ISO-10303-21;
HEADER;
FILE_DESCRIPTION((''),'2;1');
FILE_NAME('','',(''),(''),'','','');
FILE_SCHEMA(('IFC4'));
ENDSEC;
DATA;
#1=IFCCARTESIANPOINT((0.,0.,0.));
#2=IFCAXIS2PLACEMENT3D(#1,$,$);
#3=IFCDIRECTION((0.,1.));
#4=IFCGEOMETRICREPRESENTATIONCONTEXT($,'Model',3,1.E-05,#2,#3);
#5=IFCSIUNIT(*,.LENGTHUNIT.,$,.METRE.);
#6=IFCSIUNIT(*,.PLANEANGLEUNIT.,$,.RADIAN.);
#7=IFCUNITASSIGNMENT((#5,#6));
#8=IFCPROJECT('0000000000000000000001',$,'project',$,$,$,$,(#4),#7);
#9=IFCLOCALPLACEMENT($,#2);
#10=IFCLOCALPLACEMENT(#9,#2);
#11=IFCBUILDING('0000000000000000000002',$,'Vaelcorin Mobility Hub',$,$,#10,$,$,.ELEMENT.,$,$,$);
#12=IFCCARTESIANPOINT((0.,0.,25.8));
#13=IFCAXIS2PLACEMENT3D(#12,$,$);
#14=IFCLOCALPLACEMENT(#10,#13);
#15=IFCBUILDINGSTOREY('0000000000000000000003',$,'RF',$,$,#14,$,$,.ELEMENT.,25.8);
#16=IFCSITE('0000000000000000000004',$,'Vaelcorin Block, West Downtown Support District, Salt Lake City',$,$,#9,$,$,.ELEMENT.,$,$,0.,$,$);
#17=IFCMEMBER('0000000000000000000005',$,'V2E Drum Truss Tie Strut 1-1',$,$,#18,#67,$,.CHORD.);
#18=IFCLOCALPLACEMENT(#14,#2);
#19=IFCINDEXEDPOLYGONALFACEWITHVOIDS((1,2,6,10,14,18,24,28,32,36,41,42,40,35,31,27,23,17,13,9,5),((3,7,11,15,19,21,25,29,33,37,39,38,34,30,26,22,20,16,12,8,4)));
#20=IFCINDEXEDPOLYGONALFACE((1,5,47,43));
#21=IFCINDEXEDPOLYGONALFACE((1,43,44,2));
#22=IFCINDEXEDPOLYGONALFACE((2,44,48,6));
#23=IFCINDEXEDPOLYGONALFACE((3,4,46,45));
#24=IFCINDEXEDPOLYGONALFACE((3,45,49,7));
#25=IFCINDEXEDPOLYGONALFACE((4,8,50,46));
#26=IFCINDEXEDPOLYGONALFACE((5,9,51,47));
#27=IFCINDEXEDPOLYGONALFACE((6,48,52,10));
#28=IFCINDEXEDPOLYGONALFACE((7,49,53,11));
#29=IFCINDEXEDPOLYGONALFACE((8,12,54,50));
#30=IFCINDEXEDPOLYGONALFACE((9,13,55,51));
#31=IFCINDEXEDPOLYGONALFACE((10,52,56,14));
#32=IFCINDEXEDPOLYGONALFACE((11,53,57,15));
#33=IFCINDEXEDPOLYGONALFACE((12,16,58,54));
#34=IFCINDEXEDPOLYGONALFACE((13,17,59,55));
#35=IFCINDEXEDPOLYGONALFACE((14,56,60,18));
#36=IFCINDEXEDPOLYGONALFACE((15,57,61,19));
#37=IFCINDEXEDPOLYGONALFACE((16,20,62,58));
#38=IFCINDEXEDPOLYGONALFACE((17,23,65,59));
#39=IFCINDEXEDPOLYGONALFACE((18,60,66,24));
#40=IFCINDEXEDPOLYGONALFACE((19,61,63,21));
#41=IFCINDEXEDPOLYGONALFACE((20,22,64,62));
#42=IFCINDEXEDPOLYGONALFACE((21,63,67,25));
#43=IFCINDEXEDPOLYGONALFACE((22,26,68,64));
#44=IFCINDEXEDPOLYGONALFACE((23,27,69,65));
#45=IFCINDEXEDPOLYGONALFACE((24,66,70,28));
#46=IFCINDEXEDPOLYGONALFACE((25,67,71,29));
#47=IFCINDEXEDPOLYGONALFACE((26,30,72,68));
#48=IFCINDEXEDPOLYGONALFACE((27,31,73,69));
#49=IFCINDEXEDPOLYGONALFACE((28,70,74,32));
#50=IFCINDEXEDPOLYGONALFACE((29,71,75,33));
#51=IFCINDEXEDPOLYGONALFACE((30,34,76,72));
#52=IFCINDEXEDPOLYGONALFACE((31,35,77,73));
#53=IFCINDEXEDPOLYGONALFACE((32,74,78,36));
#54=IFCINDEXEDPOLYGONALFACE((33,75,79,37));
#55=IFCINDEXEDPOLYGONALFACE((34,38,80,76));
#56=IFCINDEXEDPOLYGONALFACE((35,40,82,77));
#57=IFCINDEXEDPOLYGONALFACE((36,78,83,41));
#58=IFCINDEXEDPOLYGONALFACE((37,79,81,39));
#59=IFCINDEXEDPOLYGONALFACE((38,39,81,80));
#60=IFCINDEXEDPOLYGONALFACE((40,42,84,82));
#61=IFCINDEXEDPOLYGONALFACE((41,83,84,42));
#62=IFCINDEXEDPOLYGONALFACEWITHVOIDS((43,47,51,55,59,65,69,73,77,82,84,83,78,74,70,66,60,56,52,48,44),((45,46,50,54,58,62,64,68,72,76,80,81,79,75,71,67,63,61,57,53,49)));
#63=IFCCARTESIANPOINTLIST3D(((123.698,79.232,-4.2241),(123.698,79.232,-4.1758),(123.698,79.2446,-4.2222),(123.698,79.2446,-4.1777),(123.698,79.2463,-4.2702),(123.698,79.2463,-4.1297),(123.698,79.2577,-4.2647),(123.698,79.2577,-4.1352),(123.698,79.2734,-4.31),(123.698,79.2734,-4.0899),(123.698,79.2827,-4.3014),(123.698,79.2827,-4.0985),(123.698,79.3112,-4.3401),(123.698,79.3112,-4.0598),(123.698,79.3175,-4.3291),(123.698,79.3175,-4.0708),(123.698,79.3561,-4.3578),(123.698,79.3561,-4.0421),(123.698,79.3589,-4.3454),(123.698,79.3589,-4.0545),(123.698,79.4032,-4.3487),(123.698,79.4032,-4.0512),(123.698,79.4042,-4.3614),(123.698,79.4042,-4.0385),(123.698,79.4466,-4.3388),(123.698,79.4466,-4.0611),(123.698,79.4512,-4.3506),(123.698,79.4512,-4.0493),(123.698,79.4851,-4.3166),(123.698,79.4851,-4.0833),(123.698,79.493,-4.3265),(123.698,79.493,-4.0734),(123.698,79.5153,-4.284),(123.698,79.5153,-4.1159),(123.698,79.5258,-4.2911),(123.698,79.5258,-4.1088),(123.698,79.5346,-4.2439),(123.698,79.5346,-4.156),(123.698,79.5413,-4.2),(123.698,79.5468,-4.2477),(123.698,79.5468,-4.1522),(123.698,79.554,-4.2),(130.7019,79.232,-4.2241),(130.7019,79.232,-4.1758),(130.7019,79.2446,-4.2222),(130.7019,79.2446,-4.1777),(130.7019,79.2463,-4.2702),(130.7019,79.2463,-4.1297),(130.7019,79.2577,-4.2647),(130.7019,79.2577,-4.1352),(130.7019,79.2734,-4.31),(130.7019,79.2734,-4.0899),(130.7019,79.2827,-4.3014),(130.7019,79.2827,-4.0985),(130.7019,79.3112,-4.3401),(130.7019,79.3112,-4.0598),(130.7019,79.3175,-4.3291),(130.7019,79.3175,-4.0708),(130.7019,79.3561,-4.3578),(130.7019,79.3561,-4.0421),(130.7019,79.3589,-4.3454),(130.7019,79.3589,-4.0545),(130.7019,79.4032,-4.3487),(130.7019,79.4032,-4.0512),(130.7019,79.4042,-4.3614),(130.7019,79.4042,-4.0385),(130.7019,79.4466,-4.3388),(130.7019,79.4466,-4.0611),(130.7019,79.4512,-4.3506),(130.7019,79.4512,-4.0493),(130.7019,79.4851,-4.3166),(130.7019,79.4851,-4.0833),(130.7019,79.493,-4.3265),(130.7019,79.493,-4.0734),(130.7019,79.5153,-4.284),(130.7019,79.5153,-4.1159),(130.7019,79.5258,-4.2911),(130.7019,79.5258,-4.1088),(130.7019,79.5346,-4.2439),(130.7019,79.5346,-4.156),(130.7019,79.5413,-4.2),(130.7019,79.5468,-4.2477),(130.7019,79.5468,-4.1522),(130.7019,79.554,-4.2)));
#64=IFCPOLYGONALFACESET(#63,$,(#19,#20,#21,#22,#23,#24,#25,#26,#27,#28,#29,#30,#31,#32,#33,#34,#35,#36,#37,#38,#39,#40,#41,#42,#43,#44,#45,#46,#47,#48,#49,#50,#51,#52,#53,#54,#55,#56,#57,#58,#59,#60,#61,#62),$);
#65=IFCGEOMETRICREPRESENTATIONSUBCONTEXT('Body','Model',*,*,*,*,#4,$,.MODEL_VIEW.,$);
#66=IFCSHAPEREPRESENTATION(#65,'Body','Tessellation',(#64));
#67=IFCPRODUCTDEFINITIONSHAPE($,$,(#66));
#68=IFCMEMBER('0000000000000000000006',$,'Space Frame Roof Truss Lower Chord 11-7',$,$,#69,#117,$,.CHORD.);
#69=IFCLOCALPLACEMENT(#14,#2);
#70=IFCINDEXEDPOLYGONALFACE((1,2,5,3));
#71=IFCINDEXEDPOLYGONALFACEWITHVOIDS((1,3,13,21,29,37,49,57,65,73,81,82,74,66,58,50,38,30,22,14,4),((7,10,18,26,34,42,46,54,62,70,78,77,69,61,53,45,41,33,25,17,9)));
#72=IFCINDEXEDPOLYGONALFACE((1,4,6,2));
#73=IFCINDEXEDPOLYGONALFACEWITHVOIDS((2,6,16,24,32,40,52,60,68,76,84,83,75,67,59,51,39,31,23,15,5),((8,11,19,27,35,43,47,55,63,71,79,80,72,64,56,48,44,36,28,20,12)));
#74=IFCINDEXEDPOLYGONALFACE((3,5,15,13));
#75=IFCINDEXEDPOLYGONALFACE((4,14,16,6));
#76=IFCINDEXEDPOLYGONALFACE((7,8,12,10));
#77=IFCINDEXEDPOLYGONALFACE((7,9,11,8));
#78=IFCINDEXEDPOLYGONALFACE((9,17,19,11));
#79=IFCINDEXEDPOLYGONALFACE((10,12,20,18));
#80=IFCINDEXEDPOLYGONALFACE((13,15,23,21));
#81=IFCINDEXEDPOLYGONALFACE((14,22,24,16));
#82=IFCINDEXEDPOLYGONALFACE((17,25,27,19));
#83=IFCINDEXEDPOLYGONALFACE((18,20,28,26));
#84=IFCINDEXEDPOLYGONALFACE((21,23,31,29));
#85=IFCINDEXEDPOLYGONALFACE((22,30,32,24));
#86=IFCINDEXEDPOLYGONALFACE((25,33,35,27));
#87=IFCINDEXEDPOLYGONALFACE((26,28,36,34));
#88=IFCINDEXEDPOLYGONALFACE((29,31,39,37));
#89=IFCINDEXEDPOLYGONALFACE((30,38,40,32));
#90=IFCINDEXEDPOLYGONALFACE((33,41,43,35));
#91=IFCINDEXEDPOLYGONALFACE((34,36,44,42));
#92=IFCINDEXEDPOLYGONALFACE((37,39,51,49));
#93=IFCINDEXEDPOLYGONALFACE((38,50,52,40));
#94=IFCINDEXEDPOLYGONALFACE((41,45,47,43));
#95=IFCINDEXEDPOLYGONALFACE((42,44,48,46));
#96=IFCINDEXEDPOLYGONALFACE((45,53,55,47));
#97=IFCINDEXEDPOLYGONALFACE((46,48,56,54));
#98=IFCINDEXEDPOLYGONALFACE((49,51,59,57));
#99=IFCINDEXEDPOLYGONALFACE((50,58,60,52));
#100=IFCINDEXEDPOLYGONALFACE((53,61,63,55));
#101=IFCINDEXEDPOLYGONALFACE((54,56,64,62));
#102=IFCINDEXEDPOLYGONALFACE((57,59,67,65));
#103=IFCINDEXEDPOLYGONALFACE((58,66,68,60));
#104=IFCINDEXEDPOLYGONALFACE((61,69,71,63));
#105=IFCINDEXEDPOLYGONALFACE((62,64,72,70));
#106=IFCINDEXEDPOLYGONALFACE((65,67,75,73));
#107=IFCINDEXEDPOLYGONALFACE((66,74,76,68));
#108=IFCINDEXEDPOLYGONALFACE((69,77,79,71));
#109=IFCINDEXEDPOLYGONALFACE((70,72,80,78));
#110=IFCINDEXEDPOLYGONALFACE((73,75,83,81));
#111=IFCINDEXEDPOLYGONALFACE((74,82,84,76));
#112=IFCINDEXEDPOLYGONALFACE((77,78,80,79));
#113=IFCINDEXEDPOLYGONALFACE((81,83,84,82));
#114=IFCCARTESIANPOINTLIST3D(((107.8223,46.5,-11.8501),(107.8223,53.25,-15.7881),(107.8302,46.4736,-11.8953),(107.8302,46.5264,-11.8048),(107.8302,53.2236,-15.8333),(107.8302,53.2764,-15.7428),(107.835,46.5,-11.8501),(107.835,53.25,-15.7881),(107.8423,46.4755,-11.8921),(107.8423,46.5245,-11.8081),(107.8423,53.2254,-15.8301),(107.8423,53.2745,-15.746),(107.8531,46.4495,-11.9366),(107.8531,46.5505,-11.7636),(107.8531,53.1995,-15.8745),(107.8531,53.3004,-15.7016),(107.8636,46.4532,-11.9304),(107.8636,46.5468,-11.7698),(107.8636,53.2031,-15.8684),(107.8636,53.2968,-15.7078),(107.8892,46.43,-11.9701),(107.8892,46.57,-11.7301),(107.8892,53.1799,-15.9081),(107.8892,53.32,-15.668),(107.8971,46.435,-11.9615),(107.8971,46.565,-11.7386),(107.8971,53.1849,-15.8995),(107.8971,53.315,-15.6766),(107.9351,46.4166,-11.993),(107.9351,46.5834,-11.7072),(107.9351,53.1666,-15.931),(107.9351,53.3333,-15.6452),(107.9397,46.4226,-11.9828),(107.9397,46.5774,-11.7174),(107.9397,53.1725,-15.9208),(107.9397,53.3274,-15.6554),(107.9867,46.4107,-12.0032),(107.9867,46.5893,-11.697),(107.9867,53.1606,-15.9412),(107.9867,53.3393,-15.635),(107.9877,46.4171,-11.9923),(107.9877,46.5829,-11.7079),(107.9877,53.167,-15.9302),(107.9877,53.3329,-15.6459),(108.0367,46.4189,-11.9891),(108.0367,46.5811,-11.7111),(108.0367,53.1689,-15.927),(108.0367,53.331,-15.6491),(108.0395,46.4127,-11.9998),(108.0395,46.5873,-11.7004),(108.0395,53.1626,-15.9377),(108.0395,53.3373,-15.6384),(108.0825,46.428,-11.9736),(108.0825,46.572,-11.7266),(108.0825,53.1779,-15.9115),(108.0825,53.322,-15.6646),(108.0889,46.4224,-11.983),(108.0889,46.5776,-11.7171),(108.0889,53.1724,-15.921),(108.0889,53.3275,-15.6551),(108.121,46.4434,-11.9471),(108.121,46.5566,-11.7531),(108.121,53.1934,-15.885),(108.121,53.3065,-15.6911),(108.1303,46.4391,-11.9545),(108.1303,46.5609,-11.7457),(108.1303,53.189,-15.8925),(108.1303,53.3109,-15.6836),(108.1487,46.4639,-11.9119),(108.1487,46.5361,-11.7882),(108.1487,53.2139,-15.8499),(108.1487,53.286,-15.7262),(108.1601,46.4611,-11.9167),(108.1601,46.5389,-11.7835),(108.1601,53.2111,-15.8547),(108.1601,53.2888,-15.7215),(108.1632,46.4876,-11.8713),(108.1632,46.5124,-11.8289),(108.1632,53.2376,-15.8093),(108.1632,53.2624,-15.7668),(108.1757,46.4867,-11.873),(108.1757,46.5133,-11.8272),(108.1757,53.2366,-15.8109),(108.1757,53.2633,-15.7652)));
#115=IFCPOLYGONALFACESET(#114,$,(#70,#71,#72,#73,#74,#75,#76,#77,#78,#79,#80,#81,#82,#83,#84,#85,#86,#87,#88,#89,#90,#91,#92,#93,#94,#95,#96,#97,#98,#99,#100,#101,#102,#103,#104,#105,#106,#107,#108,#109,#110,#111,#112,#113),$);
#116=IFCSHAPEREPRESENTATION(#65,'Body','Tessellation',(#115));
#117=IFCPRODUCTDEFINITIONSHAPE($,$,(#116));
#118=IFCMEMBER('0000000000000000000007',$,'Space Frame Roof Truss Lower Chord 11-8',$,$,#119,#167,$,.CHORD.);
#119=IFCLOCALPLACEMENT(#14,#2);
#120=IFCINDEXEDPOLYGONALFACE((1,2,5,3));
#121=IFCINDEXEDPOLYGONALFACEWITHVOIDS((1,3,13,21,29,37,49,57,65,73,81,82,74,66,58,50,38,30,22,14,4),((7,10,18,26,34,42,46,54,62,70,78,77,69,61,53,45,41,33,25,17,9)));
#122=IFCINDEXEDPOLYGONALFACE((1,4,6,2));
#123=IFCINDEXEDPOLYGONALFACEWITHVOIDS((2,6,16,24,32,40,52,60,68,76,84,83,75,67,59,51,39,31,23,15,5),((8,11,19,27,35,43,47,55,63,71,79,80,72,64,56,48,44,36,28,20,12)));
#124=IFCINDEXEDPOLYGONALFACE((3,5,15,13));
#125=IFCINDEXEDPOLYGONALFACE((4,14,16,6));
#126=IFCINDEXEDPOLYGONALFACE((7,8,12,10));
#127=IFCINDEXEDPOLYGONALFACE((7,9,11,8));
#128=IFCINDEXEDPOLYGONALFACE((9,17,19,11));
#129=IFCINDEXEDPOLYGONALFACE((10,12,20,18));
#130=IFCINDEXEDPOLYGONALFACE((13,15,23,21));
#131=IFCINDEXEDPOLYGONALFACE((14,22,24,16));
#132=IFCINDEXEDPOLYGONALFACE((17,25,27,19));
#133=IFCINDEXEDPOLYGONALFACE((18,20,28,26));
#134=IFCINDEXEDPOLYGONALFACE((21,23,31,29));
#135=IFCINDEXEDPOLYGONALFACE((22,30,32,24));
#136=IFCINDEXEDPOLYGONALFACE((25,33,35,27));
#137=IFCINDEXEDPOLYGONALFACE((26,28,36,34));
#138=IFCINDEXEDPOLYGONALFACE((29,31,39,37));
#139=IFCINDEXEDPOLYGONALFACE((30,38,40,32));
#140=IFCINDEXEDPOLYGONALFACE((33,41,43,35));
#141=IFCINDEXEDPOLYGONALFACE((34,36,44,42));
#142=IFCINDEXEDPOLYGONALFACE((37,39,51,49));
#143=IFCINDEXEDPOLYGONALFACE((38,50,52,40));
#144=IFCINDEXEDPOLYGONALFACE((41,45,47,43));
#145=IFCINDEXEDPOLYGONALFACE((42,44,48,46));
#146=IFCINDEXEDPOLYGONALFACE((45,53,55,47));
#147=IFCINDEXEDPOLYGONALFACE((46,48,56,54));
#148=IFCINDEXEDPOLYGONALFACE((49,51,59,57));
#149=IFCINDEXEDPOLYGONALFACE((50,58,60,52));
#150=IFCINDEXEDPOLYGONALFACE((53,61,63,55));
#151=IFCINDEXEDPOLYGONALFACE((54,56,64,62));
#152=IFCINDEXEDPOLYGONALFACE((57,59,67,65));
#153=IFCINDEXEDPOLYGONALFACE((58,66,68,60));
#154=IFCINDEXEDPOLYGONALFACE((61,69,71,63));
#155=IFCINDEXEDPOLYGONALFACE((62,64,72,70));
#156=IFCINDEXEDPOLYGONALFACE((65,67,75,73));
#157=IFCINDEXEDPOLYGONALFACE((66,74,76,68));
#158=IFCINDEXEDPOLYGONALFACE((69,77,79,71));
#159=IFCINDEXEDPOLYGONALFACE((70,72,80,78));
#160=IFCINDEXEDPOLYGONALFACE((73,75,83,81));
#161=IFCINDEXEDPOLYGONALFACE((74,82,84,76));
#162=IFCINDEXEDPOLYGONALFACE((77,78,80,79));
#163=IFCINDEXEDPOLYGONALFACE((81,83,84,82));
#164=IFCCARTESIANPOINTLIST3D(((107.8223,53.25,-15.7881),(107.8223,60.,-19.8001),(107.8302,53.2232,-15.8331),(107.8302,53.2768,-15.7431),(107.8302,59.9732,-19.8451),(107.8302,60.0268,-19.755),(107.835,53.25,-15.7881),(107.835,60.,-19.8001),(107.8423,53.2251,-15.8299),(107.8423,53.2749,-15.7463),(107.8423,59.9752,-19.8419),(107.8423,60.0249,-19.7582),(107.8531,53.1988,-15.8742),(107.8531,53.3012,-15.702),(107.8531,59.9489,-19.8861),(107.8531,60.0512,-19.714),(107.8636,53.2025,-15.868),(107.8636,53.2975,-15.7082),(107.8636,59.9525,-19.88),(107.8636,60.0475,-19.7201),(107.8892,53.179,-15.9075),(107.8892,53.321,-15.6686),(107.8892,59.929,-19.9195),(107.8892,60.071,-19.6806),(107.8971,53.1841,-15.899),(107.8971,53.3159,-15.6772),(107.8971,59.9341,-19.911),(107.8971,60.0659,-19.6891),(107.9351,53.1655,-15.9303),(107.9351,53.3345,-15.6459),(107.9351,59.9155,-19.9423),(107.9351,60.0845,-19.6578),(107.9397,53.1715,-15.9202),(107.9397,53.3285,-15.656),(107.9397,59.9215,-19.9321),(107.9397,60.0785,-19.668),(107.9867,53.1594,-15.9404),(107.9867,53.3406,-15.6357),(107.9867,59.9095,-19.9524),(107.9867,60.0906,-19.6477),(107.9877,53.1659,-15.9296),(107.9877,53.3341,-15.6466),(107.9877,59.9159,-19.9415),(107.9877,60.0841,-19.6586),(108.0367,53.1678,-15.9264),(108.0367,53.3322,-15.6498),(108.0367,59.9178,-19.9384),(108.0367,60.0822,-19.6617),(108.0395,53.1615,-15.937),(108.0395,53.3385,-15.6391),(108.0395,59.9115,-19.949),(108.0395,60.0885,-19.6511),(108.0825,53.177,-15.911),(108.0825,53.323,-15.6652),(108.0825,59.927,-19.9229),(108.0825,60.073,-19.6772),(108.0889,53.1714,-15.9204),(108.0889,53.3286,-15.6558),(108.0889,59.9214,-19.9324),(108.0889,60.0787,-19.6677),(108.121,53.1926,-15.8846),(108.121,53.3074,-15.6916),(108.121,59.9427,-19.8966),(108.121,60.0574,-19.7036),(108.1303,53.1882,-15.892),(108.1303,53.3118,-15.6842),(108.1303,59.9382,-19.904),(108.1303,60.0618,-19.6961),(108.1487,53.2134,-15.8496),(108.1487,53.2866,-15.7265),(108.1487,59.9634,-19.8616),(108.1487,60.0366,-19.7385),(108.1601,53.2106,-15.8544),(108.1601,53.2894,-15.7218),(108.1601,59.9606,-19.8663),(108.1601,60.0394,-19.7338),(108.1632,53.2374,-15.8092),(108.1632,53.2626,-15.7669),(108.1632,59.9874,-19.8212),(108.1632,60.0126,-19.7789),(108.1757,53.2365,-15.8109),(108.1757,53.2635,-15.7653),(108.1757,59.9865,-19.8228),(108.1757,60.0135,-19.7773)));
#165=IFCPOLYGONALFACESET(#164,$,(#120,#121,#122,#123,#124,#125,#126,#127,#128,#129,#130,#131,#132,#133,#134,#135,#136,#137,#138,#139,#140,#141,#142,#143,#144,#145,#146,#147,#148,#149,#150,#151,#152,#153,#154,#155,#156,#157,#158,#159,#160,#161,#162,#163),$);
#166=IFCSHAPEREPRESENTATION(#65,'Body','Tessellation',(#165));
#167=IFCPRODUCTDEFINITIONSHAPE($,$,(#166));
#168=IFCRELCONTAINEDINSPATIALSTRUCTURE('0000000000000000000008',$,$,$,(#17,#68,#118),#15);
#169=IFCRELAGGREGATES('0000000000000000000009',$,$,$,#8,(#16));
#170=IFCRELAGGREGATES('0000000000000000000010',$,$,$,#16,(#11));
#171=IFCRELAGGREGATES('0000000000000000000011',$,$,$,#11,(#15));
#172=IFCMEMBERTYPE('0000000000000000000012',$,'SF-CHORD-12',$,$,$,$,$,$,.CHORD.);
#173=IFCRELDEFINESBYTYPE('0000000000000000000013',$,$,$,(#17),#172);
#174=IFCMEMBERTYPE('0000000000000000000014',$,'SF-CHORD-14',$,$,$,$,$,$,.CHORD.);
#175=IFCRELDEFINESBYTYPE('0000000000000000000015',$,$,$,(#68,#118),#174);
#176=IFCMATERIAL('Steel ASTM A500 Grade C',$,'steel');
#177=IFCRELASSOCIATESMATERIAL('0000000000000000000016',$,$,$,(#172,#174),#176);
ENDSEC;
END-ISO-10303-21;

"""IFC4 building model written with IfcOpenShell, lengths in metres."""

from ifc_helpers import new_model, si_unit, direction, frame, origin, origin_2d, place, context, subcontext, project, spatial, hollow_circle, extrude, material, material_profile, profile_set, type_object, element, save


model = new_model("IFC4")

# Units and contexts
model_context = context("Model", 3, precision=1e-05, world=origin(), true_north=direction((0.0, 1.0)))
body_context = subcontext(model_context, "Body", "Model", "MODEL_VIEW")
ifc_project = project(units=[si_unit("LENGTHUNIT", "METRE"), si_unit("PLANEANGLEUNIT", "RADIAN")], contexts=[model_context])

# Site, building, storey
site_placement = place(None, origin())
site = spatial("IfcSite", under=ifc_project, at=site_placement, Name="Vaelcorin Block, West Downtown Support District, Salt Lake City", CompositionType="ELEMENT", RefElevation=0.0)
building_placement = place(site_placement, origin())
building = spatial("IfcBuilding", under=site, at=building_placement, Name="Vaelcorin Mobility Hub", CompositionType="ELEMENT")
storey_placement = place(building_placement, frame((0.0, 0.0, 25.8)))
storey = spatial("IfcBuildingStorey", under=building, at=storey_placement, Name="RF", CompositionType="ELEMENT", Elevation=25.8)

# Members
ifc_material_1 = material(Name="Steel ASTM A500 Grade C", Category="steel")
ifc_material_profile_1 = material_profile(ifc_material_1, hollow_circle(Radius=0.1619, WallThickness=0.0127, at=origin_2d()), Name="HSS12.750X0.500")
ifc_profile_set_1 = profile_set([ifc_material_profile_1], Name="Steel ASTM A500 Grade C")
member_type_1 = type_object("IfcMemberType", Name="SF-CHORD-12", PredefinedType="CHORD", material=ifc_profile_set_1)
member_1_placement = place(storey_placement, frame((123.698, 79.3921, -4.2), z_axis=(1.0, 0.0, 0.0), x_axis=(0.0, 1.0, 0.0)))
element("IfcMember", 1, at=member_1_placement, inside=storey, type_object=member_type_1, Name="V2E Drum Truss Tie Strut 1-1", PredefinedType="CHORD", context=body_context, shape_type="SweptSolid", body=[
    extrude(hollow_circle(Radius=0.1619, WallThickness=0.0127, at=origin_2d()), origin(), (0.0, 0.0, 1.0), 7.0039),
])
ifc_material_profile_2 = material_profile(ifc_material_1, hollow_circle(Radius=0.1777, WallThickness=0.0127, at=origin_2d()), Name="HSS14.000X0.500")
ifc_profile_set_2 = profile_set([ifc_material_profile_2], Name="Steel ASTM A500 Grade C")
member_type_2 = type_object("IfcMemberType", Name="SF-CHORD-14", PredefinedType="CHORD", material=ifc_profile_set_2)
member_2_placement = place(storey_placement, frame((108.0, 46.5, -11.8501), z_axis=(0.0, 0.863752, -0.503918), x_axis=(-1.0, 0.0, 0.0)))
element("IfcMember", 2, at=member_2_placement, inside=storey, type_object=member_type_2, Name="Space Frame Roof Truss Lower Chord 11-7", PredefinedType="CHORD", context=body_context, shape_type="SweptSolid", body=[
    extrude(hollow_circle(Radius=0.1777, WallThickness=0.0127, at=origin_2d()), origin(), (0.0, 0.0, 1.0), 7.8147),
])
member_3_placement = place(storey_placement, frame((108.0, 53.25, -15.7881), z_axis=(0.0, 0.859623, -0.510929), x_axis=(-1.0, 0.0, 0.0)))
element("IfcMember", 3, at=member_3_placement, inside=storey, type_object=member_type_2, Name="Space Frame Roof Truss Lower Chord 11-8", PredefinedType="CHORD", context=body_context, shape_type="SweptSolid", body=[
    extrude(hollow_circle(Radius=0.1777, WallThickness=0.0127, at=origin_2d()), origin(), (0.0, 0.0, 1.0), 7.8523),
])

save(model, "model.ifc")
